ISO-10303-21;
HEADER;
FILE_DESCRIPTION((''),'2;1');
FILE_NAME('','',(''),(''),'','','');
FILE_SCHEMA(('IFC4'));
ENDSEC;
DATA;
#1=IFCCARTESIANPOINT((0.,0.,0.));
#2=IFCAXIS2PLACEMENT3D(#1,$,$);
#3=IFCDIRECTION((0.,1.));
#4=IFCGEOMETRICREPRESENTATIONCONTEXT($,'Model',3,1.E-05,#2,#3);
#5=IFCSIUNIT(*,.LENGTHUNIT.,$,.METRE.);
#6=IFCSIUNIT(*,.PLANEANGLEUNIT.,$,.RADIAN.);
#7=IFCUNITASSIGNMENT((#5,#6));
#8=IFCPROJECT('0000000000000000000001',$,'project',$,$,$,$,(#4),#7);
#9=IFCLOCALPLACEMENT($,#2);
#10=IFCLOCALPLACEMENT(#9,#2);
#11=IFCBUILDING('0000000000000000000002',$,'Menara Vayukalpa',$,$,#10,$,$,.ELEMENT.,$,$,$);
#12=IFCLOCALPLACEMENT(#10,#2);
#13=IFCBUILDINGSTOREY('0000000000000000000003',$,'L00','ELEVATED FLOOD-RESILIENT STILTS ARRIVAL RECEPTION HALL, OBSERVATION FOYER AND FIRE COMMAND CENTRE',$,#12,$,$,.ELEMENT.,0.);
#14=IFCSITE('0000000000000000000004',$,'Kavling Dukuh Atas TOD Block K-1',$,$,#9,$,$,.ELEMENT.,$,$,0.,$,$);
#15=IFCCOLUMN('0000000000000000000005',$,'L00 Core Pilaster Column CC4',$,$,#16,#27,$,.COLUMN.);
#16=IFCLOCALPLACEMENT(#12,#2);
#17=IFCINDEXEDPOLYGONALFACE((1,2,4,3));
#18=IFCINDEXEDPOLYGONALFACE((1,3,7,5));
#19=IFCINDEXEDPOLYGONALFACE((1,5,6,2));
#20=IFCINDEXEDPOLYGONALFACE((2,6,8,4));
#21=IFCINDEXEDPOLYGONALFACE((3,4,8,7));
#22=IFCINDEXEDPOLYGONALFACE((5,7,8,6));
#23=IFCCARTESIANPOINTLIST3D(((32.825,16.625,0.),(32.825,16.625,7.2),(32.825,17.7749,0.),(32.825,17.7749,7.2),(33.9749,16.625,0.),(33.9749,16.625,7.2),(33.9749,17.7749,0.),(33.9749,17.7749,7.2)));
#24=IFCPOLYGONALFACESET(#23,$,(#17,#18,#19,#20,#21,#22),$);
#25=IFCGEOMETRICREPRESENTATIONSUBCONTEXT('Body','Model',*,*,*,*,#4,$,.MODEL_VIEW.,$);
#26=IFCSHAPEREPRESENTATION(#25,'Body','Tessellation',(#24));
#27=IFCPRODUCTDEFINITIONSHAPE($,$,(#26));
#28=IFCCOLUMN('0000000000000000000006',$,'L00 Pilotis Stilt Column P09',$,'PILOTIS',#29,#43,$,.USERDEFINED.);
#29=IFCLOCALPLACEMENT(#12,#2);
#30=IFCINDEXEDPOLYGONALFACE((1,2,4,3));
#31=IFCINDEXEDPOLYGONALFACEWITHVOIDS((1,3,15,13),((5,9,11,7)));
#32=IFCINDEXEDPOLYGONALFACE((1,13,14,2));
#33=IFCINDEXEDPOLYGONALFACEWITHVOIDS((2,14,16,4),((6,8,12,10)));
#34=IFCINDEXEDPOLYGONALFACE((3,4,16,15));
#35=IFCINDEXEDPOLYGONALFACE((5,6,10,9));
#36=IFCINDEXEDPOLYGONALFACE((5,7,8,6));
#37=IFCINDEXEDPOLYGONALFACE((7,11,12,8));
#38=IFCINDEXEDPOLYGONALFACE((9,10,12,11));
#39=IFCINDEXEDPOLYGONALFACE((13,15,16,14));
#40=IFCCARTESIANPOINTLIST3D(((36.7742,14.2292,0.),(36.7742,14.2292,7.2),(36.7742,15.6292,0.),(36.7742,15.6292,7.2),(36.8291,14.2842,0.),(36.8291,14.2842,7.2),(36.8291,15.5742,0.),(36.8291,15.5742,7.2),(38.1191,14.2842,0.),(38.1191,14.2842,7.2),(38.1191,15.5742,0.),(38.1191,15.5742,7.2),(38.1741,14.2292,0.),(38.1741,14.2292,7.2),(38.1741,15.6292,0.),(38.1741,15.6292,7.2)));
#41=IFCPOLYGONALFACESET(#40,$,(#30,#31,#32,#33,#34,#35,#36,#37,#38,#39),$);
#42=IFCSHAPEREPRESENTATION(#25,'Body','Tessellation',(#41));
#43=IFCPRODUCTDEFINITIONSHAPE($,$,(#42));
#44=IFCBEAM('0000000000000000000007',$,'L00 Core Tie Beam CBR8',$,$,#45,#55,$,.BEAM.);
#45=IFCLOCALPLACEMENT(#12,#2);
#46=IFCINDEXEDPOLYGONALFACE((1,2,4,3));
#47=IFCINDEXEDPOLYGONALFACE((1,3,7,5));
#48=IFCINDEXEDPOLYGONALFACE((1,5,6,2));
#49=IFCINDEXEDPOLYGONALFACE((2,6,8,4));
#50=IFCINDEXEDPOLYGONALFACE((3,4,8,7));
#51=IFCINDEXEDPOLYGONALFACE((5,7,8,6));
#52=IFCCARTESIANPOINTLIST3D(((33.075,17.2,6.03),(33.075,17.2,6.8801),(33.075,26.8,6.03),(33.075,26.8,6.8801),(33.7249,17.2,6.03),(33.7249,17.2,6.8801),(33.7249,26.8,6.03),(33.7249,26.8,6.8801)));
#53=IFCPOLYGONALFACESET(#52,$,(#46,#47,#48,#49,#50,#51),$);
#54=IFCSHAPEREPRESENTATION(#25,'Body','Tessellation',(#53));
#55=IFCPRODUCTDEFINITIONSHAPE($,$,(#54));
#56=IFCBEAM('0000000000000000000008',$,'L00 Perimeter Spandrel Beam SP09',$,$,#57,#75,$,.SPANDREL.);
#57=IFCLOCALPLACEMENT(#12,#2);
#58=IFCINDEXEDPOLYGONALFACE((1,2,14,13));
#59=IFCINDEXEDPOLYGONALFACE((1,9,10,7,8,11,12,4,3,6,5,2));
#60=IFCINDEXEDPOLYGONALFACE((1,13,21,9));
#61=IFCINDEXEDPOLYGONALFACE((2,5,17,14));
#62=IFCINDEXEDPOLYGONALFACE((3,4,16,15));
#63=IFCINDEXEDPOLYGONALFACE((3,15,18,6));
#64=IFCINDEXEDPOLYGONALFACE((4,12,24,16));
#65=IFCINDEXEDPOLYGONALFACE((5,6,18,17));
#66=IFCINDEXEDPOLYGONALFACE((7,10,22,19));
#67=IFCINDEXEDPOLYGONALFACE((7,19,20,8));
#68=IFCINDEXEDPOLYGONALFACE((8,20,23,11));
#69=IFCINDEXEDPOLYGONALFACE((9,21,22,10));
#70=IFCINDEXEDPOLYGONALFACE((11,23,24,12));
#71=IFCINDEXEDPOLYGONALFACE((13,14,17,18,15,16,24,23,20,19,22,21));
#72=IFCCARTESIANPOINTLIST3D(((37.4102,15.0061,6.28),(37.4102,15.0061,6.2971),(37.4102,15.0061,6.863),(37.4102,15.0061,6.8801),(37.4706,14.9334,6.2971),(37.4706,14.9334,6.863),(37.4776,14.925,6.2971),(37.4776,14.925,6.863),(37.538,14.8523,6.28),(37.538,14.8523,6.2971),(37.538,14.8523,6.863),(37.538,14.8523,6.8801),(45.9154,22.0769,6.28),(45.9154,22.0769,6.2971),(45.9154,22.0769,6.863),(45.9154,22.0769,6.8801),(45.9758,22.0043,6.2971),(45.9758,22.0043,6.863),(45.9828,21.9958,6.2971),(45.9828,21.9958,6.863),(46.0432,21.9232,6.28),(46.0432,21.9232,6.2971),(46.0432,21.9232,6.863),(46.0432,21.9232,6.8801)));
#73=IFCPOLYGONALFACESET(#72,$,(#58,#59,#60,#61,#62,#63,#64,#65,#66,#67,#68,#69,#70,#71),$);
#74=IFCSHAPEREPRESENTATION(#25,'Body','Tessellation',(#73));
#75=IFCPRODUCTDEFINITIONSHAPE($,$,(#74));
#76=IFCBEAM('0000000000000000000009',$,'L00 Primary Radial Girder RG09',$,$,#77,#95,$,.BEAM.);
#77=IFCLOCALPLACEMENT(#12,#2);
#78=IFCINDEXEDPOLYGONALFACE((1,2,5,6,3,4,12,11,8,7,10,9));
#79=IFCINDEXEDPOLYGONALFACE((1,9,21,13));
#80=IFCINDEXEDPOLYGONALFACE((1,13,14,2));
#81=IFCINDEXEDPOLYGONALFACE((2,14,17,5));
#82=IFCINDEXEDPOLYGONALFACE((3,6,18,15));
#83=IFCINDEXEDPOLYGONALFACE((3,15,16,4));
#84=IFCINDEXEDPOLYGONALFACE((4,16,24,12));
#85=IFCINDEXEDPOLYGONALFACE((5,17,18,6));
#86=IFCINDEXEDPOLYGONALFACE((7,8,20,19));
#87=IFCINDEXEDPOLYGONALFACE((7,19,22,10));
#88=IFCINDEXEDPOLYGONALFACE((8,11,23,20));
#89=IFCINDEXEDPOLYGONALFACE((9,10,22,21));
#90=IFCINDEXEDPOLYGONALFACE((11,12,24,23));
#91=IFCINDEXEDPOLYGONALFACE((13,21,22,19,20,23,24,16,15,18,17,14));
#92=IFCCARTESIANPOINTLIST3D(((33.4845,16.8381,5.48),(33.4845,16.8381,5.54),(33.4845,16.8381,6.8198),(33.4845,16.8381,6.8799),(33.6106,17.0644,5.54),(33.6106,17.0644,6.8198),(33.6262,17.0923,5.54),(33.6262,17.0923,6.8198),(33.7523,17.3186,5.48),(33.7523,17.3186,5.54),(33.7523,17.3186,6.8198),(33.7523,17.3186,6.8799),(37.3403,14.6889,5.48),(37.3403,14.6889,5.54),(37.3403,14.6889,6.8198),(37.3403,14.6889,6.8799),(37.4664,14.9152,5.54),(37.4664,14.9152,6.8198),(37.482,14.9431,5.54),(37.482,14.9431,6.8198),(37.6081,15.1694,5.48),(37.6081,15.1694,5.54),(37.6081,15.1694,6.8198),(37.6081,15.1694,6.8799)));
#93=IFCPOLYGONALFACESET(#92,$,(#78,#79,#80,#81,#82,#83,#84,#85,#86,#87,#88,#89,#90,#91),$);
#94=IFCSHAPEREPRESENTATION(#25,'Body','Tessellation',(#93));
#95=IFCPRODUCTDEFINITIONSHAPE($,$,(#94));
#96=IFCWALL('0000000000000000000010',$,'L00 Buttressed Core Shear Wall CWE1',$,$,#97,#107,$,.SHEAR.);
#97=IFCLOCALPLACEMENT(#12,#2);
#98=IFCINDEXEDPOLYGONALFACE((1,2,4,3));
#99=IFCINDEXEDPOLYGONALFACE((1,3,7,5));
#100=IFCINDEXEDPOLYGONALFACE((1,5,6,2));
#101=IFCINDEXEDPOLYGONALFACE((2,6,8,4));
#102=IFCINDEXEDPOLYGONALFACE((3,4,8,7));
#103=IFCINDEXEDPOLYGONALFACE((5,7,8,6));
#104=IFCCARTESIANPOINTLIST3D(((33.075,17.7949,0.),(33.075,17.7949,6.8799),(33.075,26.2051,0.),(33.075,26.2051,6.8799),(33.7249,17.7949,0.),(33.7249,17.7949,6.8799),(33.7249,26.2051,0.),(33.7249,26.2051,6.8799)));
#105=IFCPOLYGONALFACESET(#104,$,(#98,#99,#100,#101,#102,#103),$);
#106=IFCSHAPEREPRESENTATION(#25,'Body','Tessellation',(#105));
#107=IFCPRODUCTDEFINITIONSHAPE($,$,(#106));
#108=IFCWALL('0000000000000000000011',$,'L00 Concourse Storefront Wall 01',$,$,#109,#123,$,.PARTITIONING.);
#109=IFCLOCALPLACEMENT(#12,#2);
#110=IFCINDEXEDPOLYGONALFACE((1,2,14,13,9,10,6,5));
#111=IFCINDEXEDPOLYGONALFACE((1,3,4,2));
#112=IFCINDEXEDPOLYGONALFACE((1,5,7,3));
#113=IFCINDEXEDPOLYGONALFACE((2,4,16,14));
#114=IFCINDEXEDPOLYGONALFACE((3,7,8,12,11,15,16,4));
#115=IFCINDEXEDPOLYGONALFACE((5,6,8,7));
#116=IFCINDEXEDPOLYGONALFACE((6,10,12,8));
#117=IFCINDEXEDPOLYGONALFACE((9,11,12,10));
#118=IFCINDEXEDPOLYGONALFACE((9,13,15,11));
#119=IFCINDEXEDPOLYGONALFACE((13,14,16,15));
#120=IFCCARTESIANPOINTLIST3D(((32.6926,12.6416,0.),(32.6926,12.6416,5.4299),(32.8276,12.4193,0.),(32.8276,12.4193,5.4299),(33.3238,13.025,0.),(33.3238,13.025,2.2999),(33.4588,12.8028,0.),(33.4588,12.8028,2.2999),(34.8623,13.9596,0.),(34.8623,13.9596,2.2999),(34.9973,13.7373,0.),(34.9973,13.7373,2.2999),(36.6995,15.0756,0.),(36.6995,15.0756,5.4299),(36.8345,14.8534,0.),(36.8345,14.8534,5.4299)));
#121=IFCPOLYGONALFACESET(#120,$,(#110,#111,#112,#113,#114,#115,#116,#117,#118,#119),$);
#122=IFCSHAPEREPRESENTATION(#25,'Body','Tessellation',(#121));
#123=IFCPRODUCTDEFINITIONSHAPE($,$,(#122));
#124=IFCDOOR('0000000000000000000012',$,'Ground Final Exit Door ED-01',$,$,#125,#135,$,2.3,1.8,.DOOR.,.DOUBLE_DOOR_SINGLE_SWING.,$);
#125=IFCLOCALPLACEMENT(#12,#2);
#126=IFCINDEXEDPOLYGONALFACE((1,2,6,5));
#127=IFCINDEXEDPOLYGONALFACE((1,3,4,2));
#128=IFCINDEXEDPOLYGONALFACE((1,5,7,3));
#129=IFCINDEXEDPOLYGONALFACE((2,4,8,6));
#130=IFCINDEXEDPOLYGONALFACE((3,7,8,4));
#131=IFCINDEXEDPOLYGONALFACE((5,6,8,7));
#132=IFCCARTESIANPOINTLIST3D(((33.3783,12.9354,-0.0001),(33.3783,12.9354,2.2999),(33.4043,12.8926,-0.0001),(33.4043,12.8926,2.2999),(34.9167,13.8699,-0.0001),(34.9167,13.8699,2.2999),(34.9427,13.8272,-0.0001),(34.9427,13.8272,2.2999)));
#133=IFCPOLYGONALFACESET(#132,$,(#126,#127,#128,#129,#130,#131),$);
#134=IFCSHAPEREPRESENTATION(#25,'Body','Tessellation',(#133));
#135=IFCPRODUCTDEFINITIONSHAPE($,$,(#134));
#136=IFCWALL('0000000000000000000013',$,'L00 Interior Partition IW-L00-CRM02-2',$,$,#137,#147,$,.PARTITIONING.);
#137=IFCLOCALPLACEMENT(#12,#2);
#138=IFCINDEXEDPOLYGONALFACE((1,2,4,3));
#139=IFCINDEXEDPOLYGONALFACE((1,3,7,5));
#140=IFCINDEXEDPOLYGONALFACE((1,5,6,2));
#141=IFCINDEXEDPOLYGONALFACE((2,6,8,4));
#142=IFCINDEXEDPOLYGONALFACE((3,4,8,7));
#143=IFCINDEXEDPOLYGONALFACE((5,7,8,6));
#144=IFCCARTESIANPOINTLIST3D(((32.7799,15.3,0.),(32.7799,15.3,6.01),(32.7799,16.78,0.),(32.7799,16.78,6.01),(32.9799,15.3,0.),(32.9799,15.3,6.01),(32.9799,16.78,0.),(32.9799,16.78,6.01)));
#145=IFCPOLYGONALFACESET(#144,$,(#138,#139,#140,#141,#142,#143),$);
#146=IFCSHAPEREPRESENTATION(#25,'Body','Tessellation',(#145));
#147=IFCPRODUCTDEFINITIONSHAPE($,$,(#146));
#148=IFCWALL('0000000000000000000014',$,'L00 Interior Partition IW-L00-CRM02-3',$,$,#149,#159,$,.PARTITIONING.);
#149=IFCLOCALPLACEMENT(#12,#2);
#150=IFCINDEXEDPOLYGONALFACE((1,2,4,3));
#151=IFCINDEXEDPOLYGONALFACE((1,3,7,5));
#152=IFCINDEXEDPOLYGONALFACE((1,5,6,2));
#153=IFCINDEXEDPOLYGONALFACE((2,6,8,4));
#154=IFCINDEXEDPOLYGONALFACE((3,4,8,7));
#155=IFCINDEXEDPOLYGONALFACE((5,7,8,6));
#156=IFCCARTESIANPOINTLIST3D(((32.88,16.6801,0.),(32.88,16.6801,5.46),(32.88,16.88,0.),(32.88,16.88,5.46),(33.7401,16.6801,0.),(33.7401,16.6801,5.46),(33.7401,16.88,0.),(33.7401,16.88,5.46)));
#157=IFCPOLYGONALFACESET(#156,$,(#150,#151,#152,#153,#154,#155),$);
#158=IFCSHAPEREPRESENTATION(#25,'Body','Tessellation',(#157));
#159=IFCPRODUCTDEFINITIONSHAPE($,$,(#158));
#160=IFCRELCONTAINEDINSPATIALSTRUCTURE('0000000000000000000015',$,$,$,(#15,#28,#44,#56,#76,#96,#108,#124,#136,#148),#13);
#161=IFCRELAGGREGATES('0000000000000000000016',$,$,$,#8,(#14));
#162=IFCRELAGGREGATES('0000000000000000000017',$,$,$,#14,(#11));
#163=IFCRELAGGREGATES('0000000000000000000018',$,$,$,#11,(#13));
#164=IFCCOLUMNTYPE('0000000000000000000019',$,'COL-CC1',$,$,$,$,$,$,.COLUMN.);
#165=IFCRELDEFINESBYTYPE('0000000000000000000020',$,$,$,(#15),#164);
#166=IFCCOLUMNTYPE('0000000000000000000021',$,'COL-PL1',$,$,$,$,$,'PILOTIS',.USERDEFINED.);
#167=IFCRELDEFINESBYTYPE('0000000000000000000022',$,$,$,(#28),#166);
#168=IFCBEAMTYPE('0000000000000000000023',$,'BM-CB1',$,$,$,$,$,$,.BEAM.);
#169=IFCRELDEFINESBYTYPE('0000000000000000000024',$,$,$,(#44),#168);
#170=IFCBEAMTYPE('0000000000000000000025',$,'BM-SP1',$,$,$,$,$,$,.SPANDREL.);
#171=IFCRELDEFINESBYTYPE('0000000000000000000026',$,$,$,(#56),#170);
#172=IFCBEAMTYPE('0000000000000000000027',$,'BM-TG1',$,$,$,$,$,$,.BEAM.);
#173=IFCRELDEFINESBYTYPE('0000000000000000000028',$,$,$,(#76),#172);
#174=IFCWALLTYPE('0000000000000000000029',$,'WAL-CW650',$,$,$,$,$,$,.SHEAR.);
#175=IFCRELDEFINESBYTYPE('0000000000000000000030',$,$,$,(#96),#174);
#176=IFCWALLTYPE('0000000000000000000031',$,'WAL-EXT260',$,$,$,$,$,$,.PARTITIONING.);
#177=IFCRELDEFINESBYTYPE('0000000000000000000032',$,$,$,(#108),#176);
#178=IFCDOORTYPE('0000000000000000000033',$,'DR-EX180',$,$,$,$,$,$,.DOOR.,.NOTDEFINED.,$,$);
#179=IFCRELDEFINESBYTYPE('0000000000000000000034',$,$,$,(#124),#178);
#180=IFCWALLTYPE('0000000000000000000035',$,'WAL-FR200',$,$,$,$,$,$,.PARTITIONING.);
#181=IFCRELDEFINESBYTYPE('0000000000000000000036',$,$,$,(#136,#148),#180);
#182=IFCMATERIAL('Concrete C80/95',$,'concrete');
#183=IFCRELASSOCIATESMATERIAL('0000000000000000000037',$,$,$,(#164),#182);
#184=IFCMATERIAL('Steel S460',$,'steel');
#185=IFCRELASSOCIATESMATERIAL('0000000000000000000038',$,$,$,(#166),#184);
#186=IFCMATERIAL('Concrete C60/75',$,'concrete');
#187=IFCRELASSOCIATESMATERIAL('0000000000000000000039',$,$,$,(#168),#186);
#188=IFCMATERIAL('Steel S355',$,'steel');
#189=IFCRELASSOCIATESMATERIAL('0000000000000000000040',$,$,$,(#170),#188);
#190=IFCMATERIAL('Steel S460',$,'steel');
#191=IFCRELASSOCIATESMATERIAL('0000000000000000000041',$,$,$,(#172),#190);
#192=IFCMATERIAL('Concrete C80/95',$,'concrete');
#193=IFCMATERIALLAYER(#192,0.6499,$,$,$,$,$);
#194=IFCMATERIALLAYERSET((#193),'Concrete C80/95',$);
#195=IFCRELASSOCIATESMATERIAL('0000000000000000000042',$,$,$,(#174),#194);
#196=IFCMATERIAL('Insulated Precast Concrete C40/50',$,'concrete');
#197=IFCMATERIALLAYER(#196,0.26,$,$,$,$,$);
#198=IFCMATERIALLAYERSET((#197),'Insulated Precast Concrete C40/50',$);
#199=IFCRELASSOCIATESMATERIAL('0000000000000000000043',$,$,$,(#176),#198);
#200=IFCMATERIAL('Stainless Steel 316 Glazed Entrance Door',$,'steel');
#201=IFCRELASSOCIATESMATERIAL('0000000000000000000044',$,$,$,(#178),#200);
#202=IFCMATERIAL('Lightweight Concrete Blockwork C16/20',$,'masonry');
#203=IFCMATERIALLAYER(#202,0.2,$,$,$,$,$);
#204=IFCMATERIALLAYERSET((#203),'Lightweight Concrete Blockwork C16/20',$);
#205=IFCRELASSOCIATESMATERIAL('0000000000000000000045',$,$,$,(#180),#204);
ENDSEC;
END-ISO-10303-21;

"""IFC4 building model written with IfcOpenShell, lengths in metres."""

from ifc_helpers import new_model, si_unit, direction, frame, frame_2d, origin, origin_2d, place, context, subcontext, project, spatial, rectangle, hollow_rectangle, i_section, extrude, material, layer, layer_set, material_profile, profile_set, type_object, element, fill, save


model = new_model("IFC4")

# Units and contexts
model_context = context("Model", 3, precision=1e-05, world=origin(), true_north=direction((0.0, 1.0)))
body_context = subcontext(model_context, "Body", "Model", "MODEL_VIEW")
ifc_project = project(units=[si_unit("LENGTHUNIT", "METRE"), si_unit("PLANEANGLEUNIT", "RADIAN")], contexts=[model_context])

# Site, building, storey
site_placement = place(None, origin())
site = spatial("IfcSite", under=ifc_project, at=site_placement, Name="Kavling Dukuh Atas TOD Block K-1", CompositionType="ELEMENT", RefElevation=0.0)
building_placement = place(site_placement, origin())
building = spatial("IfcBuilding", under=site, at=building_placement, Name="Menara Vayukalpa", CompositionType="ELEMENT")
storey_placement = place(building_placement, origin())
storey = spatial("IfcBuildingStorey", under=building, at=storey_placement, Name="L00", Description="ELEVATED FLOOD-RESILIENT STILTS ARRIVAL RECEPTION HALL, OBSERVATION FOYER AND FIRE COMMAND CENTRE", CompositionType="ELEMENT", Elevation=0.0)

# Columns
ifc_material_1 = material(Name="Concrete C80/95", Category="concrete")
ifc_material_profile_1 = material_profile(ifc_material_1, rectangle(XDim=1.1499, YDim=1.1499, at=origin_2d()), Name="RC 1150x1150")
ifc_profile_set_1 = profile_set([ifc_material_profile_1], Name="Concrete C80/95")
column_type_1 = type_object("IfcColumnType", Name="COL-CC1", PredefinedType="COLUMN", material=ifc_profile_set_1)
column_1_placement = place(storey_placement, frame((33.3999, 17.2, 0.0), z_axis=(0.0, 0.0, 1.0), x_axis=(1.0, 0.0, 0.0)))
element("IfcColumn", 1, at=column_1_placement, inside=storey, type_object=column_type_1, Name="L00 Core Pilaster Column CC4", PredefinedType="COLUMN", context=body_context, shape_type="SweptSolid", body=[
    extrude(rectangle(XDim=1.1499, YDim=1.1499, at=origin_2d()), origin(), (0.0, 0.0, 1.0), 7.2),
])
ifc_material_2 = material(Name="Steel S460", Category="steel")
ifc_material_profile_2 = material_profile(ifc_material_2, hollow_rectangle(XDim=1.3999, YDim=1.3999, WallThickness=0.0549, at=origin_2d()), Name="BOX 1400x1400x55")
ifc_profile_set_2 = profile_set([ifc_material_profile_2], Name="Steel S460")
column_type_2 = type_object("IfcColumnType", Name="COL-PL1", ElementType="PILOTIS", PredefinedType="USERDEFINED", material=ifc_profile_set_2)
column_2_placement = place(storey_placement, frame((37.4741, 14.9292, 0.0), z_axis=(0.0, 0.0, 1.0), x_axis=(1.0, 0.0, 0.0)))
element("IfcColumn", 2, at=column_2_placement, inside=storey, type_object=column_type_2, Name="L00 Pilotis Stilt Column P09", ObjectType="PILOTIS", PredefinedType="USERDEFINED", context=body_context, shape_type="SweptSolid", body=[
    extrude(hollow_rectangle(XDim=1.3999, YDim=1.3999, WallThickness=0.0549, at=origin_2d()), origin(), (0.0, 0.0, 1.0), 7.2),
])

# Beams
ifc_material_3 = material(Name="Concrete C60/75", Category="concrete")
ifc_material_profile_3 = material_profile(ifc_material_3, rectangle(XDim=0.6499, YDim=0.8501, at=origin_2d()), Name="RC 650x850")
ifc_profile_set_3 = profile_set([ifc_material_profile_3], Name="Concrete C60/75")
beam_type_1 = type_object("IfcBeamType", Name="BM-CB1", PredefinedType="BEAM", material=ifc_profile_set_3)
beam_1_placement = place(storey_placement, frame((33.3999, 17.2, 6.4551), z_axis=(0.0, 1.0, 0.0), x_axis=(-1.0, 0.0, 0.0)))
element("IfcBeam", 3, at=beam_1_placement, inside=storey, type_object=beam_type_1, Name="L00 Core Tie Beam CBR8", PredefinedType="BEAM", context=body_context, shape_type="SweptSolid", body=[
    extrude(rectangle(XDim=0.6499, YDim=0.8501, at=origin_2d()), origin(), (0.0, 0.0, 1.0), 9.6001),
])
ifc_material_4 = material(Name="Steel S355", Category="steel")
ifc_material_profile_4 = material_profile(ifc_material_4, i_section(OverallWidth=0.2, OverallDepth=0.6001, WebThickness=0.011, FlangeThickness=0.0171, at=origin_2d()), Name="WF 600x200x11x17")
ifc_profile_set_4 = profile_set([ifc_material_profile_4], Name="Steel S355")
beam_type_2 = type_object("IfcBeamType", Name="BM-SP1", PredefinedType="SPANDREL", material=ifc_profile_set_4)
beam_2_placement = place(storey_placement, frame((37.4741, 14.9292, 6.5801), z_axis=(0.768968, 0.639287, 0.0), x_axis=(-0.639287, 0.768968, 0.0)))
element("IfcBeam", 4, at=beam_2_placement, inside=storey, type_object=beam_type_2, Name="L00 Perimeter Spandrel Beam SP09", PredefinedType="SPANDREL", context=body_context, shape_type="SweptSolid", body=[
    extrude(i_section(OverallWidth=0.2, OverallDepth=0.6001, WebThickness=0.011, FlangeThickness=0.0171, at=origin_2d()), origin(), (0.0, 0.0, 1.0), 11.0605),
])
ifc_material_5 = material(Name="Steel S460", Category="steel")
ifc_material_profile_5 = material_profile(ifc_material_5, i_section(OverallWidth=0.55, OverallDepth=1.3999, WebThickness=0.032, FlangeThickness=0.0601, at=origin_2d()), Name="WG 1400x550x32x60")
ifc_profile_set_5 = profile_set([ifc_material_profile_5], Name="Steel S460")
beam_type_3 = type_object("IfcBeamType", Name="BM-TG1", PredefinedType="BEAM", material=ifc_profile_set_5)
beam_3_placement = place(storey_placement, frame((33.6184, 17.0784, 6.1799), z_axis=(0.873473, -0.486873, 0.0), x_axis=(0.486873, 0.873473, 0.0)))
element("IfcBeam", 5, at=beam_3_placement, inside=storey, type_object=beam_type_3, Name="L00 Primary Radial Girder RG09", PredefinedType="BEAM", context=body_context, shape_type="SweptSolid", body=[
    extrude(i_section(OverallWidth=0.55, OverallDepth=1.3999, WebThickness=0.032, FlangeThickness=0.0601, at=origin_2d()), origin(), (0.0, 0.0, 1.0), 4.4143),
])

# Wall
ifc_material_6 = material(Name="Concrete C80/95", Category="concrete")
ifc_layer_1 = layer(ifc_material_6, 0.6499)
ifc_layer_set_1 = layer_set([ifc_layer_1], Name="Concrete C80/95")
wall_type_1 = type_object("IfcWallType", Name="WAL-CW650", PredefinedType="SHEAR", material=ifc_layer_set_1)
wall_1_placement = place(storey_placement, frame((33.3999, 17.7949, 0.0), z_axis=(0.0, 0.0, 1.0), x_axis=(0.0, 1.0, 0.0)))
element("IfcWall", 6, at=wall_1_placement, inside=storey, type_object=wall_type_1, Name="L00 Buttressed Core Shear Wall CWE1", PredefinedType="SHEAR", context=body_context, shape_type="SweptSolid", body=[
    extrude(rectangle(XDim=8.4102, YDim=0.6499, at=frame_2d((4.2051, 0.0))), origin(), (0.0, 0.0, 1.0), 6.8799),
])

# Wall, opening, door
ifc_material_7 = material(Name="Insulated Precast Concrete C40/50", Category="concrete")
ifc_layer_2 = layer(ifc_material_7, 0.26)
ifc_layer_set_2 = layer_set([ifc_layer_2], Name="Insulated Precast Concrete C40/50")
wall_type_2 = type_object("IfcWallType", Name="WAL-EXT260", PredefinedType="PARTITIONING", material=ifc_layer_set_2)
wall_2_placement = place(storey_placement, frame((36.7671, 14.9646, 0.0), z_axis=(0.0, 0.0, 1.0), x_axis=(-0.854659, -0.51919, 0.0)))
wall_2 = element("IfcWall", 7, at=wall_2_placement, inside=storey, type_object=wall_type_2, Name="L00 Concourse Storefront Wall 01", PredefinedType="PARTITIONING", context=body_context, shape_type="SweptSolid", body=[
    extrude(rectangle(XDim=4.6882, YDim=0.26, at=frame_2d((2.3442, 0.0))), origin(), (0.0, 0.0, 1.0), 5.4299),
])
opening_1_placement = place(wall_2_placement, frame((2.1499, 0.0, 0.0)))
opening_1 = element("IfcOpeningElement", 8, at=opening_1_placement, cuts=wall_2, PredefinedType="OPENING", context=body_context, shape_type="SweptSolid", body=[
    extrude(rectangle(XDim=1.8, YDim=2.3, at=frame_2d((0.8999, 1.1499))), frame((0.0, 0.1399, 0.0), z_axis=(0.0, -1.0, 0.0), x_axis=(1.0, 0.0, 0.0)), (0.0, 0.0, 1.0), 0.28),
])
ifc_material_8 = material(Name="Stainless Steel 316 Glazed Entrance Door", Category="steel")
door_type_1 = type_object("IfcDoorType", Name="DR-EX180", OperationType="NOTDEFINED", PredefinedType="DOOR", material=ifc_material_8)
door_1_placement = place(opening_1_placement, origin())
door_1 = element("IfcDoor", 9, at=door_1_placement, inside=storey, type_object=door_type_1, Name="Ground Final Exit Door ED-01", OperationType="DOUBLE_DOOR_SINGLE_SWING", OverallHeight=2.3, OverallWidth=1.8, PredefinedType="DOOR", context=body_context, shape_type="SweptSolid", body=[
    extrude(rectangle(XDim=1.8, YDim=2.3, at=frame_2d((0.8999, 1.1499))), frame((0.0, 0.0249, 0.0), z_axis=(0.0, -1.0, 0.0), x_axis=(1.0, 0.0, 0.0)), (0.0, 0.0, 1.0), 0.05),
])
fill(opening_1, door_1)

# Walls
ifc_material_9 = material(Name="Lightweight Concrete Blockwork C16/20", Category="masonry")
ifc_layer_3 = layer(ifc_material_9, 0.2)
ifc_layer_set_3 = layer_set([ifc_layer_3], Name="Lightweight Concrete Blockwork C16/20")
wall_type_3 = type_object("IfcWallType", Name="WAL-FR200", PredefinedType="PARTITIONING", material=ifc_layer_set_3)
wall_3_placement = place(storey_placement, frame((32.8799, 15.3, 0.0), z_axis=(0.0, 0.0, 1.0), x_axis=(0.0, 1.0, 0.0)))
element("IfcWall", 10, at=wall_3_placement, inside=storey, type_object=wall_type_3, Name="L00 Interior Partition IW-L00-CRM02-2", PredefinedType="PARTITIONING", context=body_context, shape_type="SweptSolid", body=[
    extrude(rectangle(XDim=1.48, YDim=0.2, at=frame_2d((0.74, 0.0))), origin(), (0.0, 0.0, 1.0), 6.01),
])
wall_4_placement = place(storey_placement, frame((32.8799, 16.78, 0.0), z_axis=(0.0, 0.0, 1.0), x_axis=(1.0, 0.0, 0.0)))
element("IfcWall", 11, at=wall_4_placement, inside=storey, type_object=wall_type_3, Name="L00 Interior Partition IW-L00-CRM02-3", PredefinedType="PARTITIONING", context=body_context, shape_type="SweptSolid", body=[
    extrude(rectangle(XDim=0.8601, YDim=0.2, at=frame_2d((0.4302, 0.0))), origin(), (0.0, 0.0, 1.0), 5.46),
])

save(model, "model.ifc")
